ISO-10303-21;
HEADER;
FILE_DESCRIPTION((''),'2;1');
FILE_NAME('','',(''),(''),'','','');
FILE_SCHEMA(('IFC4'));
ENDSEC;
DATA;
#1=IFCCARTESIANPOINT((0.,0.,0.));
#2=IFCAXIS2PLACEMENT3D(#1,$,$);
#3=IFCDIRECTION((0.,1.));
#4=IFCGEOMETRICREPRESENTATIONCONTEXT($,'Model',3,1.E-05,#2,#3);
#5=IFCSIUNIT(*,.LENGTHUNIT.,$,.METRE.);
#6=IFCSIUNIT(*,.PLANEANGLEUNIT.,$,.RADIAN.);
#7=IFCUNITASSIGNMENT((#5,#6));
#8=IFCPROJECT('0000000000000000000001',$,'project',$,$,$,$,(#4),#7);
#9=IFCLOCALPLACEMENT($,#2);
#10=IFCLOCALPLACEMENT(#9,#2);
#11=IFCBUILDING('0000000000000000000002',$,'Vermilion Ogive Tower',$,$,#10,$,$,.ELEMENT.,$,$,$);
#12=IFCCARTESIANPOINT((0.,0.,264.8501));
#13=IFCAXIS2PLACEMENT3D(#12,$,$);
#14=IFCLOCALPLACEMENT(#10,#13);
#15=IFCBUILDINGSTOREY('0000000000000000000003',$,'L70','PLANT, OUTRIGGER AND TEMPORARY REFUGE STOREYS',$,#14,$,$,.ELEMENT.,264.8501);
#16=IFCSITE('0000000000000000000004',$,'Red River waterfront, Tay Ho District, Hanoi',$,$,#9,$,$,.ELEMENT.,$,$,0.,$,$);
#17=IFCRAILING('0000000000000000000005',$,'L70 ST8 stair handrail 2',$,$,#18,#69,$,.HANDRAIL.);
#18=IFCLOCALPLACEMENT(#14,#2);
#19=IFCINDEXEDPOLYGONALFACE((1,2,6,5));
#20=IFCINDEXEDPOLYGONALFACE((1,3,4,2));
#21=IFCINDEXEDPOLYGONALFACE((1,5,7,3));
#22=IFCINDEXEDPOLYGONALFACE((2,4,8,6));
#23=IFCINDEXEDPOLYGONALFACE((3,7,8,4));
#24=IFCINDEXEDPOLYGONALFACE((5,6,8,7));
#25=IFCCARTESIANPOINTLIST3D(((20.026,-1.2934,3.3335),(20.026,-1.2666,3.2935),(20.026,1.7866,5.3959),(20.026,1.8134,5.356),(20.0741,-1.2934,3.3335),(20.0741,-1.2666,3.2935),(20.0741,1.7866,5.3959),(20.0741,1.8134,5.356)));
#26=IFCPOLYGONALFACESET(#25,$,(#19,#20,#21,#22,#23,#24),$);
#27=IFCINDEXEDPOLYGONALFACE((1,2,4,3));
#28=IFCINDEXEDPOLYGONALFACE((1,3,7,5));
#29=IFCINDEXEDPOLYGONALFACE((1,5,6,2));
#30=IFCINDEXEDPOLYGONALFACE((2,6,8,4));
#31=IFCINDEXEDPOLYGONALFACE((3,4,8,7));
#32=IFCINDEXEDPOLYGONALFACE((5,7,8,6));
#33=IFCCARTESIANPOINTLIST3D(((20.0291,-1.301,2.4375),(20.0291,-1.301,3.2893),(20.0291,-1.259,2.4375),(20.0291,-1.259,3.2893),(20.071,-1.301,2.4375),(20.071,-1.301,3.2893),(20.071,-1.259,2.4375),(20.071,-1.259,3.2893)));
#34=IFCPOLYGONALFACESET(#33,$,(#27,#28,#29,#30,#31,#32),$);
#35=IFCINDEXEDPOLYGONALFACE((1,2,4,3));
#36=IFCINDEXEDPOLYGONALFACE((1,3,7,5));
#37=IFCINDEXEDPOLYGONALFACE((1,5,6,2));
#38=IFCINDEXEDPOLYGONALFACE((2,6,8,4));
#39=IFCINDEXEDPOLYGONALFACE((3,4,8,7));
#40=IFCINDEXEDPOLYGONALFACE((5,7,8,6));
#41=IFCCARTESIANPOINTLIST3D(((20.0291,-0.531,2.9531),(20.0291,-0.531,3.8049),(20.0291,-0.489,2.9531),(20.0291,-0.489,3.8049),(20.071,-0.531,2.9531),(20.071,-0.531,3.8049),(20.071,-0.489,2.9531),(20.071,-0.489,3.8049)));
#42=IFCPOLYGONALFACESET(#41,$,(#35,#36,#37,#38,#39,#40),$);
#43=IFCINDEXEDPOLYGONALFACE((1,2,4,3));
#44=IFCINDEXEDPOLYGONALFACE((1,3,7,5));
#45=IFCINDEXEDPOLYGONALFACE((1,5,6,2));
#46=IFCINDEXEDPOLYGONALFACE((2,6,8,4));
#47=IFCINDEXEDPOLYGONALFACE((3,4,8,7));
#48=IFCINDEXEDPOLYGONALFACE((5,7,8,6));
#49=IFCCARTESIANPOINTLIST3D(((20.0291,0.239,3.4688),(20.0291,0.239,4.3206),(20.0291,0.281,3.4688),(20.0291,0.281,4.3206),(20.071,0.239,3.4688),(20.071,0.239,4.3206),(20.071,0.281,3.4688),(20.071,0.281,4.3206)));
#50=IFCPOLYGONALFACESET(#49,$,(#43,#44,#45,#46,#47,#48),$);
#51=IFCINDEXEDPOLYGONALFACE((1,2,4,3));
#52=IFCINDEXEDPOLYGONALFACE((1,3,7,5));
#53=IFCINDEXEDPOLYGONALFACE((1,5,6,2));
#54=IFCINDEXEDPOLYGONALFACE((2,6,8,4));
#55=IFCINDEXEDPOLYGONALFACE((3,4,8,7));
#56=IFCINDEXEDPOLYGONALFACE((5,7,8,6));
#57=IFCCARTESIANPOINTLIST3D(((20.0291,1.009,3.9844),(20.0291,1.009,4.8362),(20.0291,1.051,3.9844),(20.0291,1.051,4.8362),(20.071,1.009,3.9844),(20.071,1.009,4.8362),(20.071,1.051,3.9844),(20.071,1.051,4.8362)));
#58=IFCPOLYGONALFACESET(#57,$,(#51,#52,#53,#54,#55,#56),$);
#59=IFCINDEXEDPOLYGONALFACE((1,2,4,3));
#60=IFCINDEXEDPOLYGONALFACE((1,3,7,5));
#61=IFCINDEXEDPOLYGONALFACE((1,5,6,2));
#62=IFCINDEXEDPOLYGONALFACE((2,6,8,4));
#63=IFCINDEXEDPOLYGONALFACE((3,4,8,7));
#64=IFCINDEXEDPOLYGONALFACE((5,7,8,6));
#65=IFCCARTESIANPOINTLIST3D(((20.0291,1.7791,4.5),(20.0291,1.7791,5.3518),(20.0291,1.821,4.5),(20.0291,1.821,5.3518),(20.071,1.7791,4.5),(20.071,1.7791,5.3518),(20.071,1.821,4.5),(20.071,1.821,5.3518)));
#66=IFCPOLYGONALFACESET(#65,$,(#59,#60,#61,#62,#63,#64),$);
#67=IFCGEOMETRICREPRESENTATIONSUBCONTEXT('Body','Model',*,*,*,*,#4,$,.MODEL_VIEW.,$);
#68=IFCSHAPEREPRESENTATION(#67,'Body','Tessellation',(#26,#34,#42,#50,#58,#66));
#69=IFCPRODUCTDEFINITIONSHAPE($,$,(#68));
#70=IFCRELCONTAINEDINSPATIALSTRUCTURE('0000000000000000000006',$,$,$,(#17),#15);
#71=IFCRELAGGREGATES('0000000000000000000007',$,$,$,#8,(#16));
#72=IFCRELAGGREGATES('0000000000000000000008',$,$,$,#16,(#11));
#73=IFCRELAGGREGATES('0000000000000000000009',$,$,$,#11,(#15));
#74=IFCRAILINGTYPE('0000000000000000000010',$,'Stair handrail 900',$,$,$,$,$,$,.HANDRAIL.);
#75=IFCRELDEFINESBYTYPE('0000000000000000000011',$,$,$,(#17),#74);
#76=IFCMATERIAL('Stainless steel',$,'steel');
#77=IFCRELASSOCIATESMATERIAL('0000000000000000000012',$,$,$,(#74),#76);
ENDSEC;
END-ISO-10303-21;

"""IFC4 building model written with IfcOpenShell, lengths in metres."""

from ifc_helpers import new_model, si_unit, direction, frame, origin, origin_2d, place, context, subcontext, project, spatial, rectangle, extrude, material, type_object, element, save


model = new_model("IFC4")

# Units and contexts
model_context = context("Model", 3, precision=1e-05, world=origin(), true_north=direction((0.0, 1.0)))
body_context = subcontext(model_context, "Body", "Model", "MODEL_VIEW")
ifc_project = project(units=[si_unit("LENGTHUNIT", "METRE"), si_unit("PLANEANGLEUNIT", "RADIAN")], contexts=[model_context])

# Site, building, storey
site_placement = place(None, origin())
site = spatial("IfcSite", under=ifc_project, at=site_placement, Name="Red River waterfront, Tay Ho District, Hanoi", CompositionType="ELEMENT", RefElevation=0.0)
building_placement = place(site_placement, origin())
building = spatial("IfcBuilding", under=site, at=building_placement, Name="Vermilion Ogive Tower", CompositionType="ELEMENT")
storey_placement = place(building_placement, frame((0.0, 0.0, 264.8501)))
storey = spatial("IfcBuildingStorey", under=building, at=storey_placement, Name="L70", Description="PLANT, OUTRIGGER AND TEMPORARY REFUGE STOREYS", CompositionType="ELEMENT", Elevation=264.8501)

# Railing
ifc_material_1 = material(Name="Stainless steel", Category="steel")
railing_type_1 = type_object("IfcRailingType", Name="Stair handrail 900", PredefinedType="HANDRAIL", material=ifc_material_1)
railing_1_placement = place(storey_placement, frame((20.05, -1.28, 2.4375)))
element("IfcRailing", 1, at=railing_1_placement, inside=storey, type_object=railing_type_1, Name="L70 ST8 stair handrail 2", PredefinedType="HANDRAIL", context=body_context, shape_type="SweptSolid", body=[
    extrude(rectangle(XDim=0.0481, YDim=0.0481, at=origin_2d()), frame((0.0, 0.0, 0.876), z_axis=(0.0, 0.830914, 0.556401), x_axis=(-1.0, 0.0, 0.0)), (0.0, 0.0, 1.0), 3.7068),
    extrude(rectangle(XDim=0.042, YDim=0.042, at=origin_2d()), origin(), (0.0, 0.0, 1.0), 0.8518),
    extrude(rectangle(XDim=0.042, YDim=0.042, at=origin_2d()), frame((0.0, 0.77, 0.5156)), (0.0, 0.0, 1.0), 0.8518),
    extrude(rectangle(XDim=0.042, YDim=0.042, at=origin_2d()), frame((0.0, 1.54, 1.0312)), (0.0, 0.0, 1.0), 0.8518),
    extrude(rectangle(XDim=0.042, YDim=0.042, at=origin_2d()), frame((0.0, 2.3101, 1.5469)), (0.0, 0.0, 1.0), 0.8518),
    extrude(rectangle(XDim=0.042, YDim=0.042, at=origin_2d()), frame((0.0, 3.0801, 2.0625)), (0.0, 0.0, 1.0), 0.8518),
])

save(model, "model.ifc")
